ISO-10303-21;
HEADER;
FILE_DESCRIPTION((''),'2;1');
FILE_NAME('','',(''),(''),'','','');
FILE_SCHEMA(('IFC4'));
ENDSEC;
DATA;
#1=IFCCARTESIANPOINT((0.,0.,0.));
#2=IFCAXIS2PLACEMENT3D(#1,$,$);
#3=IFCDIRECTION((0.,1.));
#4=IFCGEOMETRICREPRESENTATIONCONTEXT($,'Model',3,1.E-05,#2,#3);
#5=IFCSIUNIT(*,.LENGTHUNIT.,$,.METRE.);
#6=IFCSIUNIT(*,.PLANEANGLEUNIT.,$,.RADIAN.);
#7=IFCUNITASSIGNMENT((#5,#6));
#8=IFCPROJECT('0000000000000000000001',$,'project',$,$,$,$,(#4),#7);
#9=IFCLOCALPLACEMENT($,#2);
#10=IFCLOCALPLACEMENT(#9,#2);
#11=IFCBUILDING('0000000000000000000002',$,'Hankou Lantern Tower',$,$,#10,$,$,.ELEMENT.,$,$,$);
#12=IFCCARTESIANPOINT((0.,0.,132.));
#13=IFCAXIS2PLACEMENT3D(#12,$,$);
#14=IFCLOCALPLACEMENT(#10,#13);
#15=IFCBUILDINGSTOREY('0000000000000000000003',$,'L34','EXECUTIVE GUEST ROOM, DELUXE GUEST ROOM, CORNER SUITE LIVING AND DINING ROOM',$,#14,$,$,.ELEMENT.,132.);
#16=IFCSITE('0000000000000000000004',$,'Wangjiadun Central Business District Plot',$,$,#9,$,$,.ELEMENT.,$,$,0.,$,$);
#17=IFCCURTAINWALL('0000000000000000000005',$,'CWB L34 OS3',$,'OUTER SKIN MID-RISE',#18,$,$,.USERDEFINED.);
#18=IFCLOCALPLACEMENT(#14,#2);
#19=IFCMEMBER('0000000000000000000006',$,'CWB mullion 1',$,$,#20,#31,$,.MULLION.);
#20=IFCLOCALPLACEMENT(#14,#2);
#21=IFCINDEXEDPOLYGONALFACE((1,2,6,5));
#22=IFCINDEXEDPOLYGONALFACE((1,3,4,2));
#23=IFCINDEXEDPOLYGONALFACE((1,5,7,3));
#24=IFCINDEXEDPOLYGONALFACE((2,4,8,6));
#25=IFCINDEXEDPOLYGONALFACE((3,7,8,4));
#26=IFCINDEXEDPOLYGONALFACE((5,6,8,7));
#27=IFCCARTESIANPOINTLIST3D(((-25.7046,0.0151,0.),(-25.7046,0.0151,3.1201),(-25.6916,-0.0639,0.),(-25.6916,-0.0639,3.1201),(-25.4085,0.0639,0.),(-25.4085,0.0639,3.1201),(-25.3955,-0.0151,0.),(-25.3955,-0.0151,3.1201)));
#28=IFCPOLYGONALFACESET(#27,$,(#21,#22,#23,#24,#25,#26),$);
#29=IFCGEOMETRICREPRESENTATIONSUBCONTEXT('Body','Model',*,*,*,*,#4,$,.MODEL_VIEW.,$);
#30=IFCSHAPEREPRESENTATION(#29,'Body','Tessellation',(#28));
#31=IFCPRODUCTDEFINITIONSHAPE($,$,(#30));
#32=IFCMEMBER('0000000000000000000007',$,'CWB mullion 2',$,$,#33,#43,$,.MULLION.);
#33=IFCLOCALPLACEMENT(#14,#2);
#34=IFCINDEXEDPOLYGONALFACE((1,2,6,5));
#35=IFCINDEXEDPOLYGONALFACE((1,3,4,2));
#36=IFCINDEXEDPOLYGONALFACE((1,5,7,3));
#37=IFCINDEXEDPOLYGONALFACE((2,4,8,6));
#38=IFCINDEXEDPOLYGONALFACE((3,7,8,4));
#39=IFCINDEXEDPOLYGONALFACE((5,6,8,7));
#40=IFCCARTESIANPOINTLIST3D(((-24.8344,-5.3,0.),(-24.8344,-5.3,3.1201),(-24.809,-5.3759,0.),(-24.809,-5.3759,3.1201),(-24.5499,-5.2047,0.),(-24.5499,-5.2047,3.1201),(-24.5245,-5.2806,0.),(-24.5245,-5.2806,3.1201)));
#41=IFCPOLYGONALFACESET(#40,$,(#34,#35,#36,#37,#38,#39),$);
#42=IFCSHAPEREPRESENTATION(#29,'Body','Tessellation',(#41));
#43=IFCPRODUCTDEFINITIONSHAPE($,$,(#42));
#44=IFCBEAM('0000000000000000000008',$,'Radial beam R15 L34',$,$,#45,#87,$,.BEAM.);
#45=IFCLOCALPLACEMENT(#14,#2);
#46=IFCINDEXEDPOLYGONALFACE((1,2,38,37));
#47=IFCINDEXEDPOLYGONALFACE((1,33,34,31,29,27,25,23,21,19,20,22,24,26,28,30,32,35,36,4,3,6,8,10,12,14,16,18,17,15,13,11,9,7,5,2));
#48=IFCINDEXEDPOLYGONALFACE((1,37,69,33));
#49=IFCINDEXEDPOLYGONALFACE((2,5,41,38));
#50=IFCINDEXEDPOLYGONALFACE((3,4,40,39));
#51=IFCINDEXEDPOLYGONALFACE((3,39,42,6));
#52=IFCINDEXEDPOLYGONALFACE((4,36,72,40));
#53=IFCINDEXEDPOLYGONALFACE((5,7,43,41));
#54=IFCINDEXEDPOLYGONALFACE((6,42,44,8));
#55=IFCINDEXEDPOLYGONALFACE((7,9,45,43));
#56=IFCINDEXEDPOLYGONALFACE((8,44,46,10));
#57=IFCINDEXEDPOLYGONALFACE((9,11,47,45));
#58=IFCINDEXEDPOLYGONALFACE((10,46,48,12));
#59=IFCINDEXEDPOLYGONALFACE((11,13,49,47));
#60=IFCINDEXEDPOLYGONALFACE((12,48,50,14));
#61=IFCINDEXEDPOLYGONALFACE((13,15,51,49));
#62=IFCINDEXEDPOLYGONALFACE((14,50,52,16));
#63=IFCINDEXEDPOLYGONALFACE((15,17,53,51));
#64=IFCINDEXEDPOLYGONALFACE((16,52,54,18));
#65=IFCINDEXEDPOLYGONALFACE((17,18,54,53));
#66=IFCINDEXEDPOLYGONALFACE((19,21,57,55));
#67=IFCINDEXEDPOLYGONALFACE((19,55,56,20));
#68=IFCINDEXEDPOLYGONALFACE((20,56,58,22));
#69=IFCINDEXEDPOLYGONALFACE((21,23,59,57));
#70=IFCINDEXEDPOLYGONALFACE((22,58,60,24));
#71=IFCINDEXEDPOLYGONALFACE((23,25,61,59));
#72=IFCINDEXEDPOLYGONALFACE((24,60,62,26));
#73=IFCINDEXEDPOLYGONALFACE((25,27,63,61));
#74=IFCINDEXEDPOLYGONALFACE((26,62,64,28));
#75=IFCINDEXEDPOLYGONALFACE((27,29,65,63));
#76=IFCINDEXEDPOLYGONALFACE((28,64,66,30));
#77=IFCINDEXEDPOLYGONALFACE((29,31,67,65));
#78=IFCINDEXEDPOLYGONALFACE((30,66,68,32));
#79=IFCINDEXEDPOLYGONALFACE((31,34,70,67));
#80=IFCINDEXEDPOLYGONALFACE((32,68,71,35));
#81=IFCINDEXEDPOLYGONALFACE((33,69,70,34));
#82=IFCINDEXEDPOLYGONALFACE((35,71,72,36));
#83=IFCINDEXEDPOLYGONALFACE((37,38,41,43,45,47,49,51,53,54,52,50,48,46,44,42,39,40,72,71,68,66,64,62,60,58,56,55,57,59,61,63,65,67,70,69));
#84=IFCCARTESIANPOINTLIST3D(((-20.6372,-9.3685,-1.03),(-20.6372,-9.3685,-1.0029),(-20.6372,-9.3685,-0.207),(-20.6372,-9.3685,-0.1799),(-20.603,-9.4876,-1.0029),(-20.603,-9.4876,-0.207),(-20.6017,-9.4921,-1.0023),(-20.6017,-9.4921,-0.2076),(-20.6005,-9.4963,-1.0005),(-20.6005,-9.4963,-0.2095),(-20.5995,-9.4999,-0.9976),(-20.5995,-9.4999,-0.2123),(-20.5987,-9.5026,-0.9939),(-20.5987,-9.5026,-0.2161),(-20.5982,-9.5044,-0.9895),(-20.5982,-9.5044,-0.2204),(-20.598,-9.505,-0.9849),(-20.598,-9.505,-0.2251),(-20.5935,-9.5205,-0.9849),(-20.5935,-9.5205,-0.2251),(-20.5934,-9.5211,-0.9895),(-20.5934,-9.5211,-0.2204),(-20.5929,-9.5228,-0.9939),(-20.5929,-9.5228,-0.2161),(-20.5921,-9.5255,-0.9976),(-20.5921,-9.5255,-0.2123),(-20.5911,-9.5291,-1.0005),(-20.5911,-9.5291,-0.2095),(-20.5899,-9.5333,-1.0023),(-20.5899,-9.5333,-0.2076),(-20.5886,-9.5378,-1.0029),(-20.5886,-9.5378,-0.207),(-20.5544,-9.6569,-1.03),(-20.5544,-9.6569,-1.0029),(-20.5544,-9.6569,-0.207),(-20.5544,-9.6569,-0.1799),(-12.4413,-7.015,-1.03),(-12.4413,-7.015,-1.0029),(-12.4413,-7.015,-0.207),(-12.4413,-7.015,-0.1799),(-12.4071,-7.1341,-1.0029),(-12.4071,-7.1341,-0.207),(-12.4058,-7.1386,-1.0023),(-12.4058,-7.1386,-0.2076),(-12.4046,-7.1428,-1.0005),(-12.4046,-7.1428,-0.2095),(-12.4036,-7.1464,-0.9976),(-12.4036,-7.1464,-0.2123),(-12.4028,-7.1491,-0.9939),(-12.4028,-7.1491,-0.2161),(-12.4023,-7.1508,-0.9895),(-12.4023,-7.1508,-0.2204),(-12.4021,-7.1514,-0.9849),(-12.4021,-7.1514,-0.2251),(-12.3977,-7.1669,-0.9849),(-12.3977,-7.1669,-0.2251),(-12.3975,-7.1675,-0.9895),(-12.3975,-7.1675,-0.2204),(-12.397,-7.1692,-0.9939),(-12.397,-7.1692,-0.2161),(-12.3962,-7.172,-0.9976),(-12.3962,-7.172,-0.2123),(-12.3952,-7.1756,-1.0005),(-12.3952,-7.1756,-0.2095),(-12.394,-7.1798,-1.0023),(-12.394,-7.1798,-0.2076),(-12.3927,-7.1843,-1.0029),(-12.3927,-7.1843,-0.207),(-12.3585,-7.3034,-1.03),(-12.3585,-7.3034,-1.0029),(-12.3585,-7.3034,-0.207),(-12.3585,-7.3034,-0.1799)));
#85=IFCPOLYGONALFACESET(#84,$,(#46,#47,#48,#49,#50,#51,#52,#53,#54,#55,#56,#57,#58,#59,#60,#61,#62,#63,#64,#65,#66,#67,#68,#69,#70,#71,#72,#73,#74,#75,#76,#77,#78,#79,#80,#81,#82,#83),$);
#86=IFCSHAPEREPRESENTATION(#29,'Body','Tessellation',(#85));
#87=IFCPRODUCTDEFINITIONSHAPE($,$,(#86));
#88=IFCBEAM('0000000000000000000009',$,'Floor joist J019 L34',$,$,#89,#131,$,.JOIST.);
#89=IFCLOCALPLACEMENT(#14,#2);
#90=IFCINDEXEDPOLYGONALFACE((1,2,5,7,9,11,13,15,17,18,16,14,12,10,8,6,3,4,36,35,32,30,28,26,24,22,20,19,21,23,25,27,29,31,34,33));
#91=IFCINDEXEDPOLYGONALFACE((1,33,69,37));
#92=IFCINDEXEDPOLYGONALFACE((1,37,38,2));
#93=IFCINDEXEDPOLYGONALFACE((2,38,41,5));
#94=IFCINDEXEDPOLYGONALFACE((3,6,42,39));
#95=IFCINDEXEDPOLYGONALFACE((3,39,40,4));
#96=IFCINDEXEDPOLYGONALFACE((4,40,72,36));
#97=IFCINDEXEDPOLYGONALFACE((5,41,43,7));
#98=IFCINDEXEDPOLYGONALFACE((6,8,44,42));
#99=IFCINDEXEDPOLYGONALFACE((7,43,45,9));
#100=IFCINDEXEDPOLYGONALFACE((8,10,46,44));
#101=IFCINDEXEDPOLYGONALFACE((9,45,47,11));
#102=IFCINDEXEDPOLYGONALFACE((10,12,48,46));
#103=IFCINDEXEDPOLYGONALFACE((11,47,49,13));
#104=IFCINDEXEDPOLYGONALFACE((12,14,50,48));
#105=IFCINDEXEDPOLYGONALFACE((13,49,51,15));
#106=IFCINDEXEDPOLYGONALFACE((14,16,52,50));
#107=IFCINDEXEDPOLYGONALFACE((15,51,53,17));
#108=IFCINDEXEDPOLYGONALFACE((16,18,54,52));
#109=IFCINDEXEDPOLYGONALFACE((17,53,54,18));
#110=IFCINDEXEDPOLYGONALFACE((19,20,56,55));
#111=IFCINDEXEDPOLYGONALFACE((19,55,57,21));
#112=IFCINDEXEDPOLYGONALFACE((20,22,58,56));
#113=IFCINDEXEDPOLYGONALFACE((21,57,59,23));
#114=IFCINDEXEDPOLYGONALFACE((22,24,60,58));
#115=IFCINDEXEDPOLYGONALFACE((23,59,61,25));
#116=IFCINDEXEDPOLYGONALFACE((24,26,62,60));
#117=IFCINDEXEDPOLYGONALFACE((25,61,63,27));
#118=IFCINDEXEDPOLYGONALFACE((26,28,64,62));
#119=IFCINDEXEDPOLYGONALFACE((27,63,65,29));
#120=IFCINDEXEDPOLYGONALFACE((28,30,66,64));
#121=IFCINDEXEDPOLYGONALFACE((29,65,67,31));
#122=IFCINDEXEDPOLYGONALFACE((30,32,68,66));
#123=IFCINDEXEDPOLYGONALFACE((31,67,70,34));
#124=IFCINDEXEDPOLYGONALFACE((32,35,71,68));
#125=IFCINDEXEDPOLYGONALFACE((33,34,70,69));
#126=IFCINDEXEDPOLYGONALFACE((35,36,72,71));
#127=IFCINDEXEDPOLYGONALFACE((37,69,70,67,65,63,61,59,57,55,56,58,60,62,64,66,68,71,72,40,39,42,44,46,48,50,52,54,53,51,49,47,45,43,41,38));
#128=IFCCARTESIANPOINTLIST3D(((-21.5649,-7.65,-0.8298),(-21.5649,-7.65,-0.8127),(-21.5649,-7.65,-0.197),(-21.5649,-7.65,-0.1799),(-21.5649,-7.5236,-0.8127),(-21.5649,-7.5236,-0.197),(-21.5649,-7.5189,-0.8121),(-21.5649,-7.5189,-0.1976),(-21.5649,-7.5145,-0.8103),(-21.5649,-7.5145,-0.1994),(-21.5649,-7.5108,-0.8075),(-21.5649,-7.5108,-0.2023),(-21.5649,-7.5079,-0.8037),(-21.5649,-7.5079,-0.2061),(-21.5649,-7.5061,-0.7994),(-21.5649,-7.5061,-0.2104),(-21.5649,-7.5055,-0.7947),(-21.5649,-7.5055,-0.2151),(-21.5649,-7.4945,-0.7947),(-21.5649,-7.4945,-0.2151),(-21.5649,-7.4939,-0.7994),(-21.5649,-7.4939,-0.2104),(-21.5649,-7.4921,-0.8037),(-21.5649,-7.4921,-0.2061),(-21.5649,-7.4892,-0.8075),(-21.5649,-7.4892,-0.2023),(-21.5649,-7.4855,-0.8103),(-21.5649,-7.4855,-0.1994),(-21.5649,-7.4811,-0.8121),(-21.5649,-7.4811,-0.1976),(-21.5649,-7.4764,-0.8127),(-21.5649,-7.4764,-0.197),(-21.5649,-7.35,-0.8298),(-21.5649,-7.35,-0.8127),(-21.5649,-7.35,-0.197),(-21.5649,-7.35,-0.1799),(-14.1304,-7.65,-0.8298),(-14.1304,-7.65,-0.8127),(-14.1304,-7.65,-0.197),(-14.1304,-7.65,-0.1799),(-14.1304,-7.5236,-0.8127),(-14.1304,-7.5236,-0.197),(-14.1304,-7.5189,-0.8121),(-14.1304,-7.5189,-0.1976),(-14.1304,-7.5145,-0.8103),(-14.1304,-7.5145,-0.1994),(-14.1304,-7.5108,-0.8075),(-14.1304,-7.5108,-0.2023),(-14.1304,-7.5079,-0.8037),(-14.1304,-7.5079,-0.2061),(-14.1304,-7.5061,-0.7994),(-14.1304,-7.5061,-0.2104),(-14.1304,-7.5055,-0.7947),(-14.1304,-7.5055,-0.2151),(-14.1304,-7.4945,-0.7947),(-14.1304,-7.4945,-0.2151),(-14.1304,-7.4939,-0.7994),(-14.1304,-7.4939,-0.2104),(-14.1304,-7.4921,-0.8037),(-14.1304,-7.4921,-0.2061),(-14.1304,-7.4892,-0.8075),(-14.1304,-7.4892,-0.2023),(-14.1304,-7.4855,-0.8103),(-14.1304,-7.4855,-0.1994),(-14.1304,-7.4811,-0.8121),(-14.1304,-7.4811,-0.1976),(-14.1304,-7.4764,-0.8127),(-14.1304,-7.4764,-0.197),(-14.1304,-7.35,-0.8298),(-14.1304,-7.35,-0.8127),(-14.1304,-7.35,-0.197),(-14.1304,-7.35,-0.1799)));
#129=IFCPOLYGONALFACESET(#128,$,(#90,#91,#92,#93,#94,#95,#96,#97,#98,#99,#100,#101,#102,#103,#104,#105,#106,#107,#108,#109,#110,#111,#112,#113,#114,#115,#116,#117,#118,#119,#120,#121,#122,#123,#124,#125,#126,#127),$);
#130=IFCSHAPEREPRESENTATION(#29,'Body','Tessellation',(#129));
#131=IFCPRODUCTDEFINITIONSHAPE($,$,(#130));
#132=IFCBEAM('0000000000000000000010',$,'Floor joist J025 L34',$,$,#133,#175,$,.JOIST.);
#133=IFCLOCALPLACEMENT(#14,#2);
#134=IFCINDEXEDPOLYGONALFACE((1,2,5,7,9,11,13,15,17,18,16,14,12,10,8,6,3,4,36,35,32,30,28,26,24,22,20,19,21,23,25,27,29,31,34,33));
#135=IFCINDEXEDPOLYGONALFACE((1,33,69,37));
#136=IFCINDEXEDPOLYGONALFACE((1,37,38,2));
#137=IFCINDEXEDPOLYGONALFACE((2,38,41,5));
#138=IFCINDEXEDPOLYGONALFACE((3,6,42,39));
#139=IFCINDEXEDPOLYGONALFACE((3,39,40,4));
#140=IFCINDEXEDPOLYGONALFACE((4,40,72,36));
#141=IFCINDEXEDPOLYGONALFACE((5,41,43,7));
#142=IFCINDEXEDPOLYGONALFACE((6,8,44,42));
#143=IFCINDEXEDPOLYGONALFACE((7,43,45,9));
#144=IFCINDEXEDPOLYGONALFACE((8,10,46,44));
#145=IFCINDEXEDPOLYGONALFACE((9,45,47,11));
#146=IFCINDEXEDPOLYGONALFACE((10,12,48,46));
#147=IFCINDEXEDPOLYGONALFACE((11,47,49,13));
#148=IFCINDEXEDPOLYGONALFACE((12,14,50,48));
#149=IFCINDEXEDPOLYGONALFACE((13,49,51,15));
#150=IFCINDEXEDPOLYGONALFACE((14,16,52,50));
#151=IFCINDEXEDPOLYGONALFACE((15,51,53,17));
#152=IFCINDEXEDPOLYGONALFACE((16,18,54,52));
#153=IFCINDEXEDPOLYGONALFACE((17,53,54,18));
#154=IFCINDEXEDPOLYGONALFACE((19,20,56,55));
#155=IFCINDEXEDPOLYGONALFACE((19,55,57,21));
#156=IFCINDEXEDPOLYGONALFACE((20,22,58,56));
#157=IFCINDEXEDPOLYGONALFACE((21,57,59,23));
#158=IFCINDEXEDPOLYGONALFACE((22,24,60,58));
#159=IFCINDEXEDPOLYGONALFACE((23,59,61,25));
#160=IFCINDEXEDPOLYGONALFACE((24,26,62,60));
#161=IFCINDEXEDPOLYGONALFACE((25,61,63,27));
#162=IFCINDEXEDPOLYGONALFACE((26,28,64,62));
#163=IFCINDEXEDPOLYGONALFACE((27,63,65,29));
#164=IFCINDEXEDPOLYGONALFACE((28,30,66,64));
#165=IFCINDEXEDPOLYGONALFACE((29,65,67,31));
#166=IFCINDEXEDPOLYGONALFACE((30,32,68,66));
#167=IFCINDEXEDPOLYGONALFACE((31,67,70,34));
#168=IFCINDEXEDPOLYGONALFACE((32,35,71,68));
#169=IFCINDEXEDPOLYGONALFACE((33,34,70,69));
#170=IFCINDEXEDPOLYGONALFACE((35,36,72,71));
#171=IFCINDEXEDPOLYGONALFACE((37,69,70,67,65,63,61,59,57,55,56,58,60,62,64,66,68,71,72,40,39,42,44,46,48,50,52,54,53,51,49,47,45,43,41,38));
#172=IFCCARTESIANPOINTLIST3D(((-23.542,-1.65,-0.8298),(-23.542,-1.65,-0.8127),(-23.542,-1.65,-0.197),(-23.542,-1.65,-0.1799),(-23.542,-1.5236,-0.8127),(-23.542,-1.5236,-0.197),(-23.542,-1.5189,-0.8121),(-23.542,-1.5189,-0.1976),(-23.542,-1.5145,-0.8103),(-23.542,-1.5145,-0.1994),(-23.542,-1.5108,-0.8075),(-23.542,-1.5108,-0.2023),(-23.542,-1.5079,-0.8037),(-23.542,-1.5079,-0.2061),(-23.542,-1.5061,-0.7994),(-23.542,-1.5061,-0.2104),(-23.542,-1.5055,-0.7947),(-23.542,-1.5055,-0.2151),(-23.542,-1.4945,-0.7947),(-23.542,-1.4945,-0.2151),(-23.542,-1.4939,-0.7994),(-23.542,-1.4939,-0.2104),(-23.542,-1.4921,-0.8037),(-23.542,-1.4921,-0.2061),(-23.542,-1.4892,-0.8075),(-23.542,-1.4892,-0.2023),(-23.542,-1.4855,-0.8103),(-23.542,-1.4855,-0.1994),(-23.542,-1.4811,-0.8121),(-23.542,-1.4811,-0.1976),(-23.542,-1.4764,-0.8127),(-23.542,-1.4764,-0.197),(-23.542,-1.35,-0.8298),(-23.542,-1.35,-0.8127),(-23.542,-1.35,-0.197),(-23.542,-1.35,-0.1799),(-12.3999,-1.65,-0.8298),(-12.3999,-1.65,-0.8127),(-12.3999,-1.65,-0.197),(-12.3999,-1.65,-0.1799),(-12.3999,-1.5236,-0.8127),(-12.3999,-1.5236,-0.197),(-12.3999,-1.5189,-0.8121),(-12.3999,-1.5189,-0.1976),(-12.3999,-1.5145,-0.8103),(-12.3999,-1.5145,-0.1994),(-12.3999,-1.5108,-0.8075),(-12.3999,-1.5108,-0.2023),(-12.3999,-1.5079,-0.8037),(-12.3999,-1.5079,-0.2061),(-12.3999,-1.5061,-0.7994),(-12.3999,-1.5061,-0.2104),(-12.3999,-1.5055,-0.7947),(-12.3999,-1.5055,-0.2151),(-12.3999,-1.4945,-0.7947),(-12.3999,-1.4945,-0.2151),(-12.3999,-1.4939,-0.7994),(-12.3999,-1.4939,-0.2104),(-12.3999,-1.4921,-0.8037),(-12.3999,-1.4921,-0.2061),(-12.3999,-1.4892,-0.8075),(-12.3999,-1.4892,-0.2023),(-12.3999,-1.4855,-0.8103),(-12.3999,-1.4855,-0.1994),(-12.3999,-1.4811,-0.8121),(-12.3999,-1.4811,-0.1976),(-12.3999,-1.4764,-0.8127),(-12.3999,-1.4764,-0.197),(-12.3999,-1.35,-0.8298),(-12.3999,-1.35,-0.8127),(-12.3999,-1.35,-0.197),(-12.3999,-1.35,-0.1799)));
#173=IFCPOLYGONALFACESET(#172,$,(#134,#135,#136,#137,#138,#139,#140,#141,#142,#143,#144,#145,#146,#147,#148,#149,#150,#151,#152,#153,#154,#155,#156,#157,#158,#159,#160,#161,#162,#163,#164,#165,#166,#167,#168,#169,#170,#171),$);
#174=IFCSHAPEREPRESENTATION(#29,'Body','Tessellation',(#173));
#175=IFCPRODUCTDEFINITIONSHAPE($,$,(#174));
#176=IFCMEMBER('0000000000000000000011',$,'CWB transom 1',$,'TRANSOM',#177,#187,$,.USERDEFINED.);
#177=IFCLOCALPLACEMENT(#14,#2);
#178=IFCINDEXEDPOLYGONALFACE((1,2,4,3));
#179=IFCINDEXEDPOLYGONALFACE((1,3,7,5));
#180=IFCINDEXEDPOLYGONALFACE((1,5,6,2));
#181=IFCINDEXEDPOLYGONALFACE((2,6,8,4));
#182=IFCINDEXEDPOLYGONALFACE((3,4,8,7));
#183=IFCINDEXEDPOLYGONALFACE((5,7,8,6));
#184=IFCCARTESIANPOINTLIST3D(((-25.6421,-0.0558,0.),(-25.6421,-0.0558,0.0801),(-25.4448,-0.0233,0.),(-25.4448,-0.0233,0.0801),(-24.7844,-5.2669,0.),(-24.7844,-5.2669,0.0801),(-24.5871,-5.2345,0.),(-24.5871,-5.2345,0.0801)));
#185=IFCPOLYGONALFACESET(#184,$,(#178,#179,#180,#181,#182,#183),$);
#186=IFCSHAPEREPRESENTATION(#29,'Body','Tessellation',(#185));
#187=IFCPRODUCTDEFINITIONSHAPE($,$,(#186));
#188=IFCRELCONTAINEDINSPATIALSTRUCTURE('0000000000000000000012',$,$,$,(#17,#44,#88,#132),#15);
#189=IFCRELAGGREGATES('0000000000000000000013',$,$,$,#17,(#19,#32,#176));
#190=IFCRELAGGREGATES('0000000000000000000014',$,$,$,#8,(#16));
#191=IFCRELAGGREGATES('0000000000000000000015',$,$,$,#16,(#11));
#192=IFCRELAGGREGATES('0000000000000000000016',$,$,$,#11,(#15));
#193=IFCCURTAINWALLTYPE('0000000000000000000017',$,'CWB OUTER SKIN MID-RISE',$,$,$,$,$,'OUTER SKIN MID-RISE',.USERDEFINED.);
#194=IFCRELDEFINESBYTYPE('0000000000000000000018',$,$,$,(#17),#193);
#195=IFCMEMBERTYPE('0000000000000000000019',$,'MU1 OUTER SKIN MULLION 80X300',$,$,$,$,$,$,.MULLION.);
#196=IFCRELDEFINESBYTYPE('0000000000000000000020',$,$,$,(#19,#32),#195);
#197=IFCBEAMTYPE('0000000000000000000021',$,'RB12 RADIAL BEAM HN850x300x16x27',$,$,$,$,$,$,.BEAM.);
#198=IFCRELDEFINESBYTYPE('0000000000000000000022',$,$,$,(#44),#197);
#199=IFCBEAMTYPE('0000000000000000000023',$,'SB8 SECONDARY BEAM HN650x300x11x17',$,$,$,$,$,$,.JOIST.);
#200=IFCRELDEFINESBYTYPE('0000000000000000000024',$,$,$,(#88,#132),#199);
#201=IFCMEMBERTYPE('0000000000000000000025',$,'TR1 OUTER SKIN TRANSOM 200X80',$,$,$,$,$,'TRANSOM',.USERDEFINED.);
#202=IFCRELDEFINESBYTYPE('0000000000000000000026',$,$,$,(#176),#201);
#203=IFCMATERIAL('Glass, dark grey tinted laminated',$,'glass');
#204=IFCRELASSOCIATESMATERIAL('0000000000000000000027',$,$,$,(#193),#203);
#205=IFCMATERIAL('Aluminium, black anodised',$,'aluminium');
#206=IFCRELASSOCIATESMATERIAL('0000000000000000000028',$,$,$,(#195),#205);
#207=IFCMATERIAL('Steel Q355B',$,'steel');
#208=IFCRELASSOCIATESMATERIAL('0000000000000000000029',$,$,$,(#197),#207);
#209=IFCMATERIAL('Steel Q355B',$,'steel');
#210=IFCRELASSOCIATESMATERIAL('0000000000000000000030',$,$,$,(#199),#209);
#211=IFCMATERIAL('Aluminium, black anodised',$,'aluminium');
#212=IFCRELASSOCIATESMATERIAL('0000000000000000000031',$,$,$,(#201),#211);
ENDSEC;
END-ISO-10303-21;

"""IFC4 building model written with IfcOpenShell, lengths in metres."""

from ifc_helpers import new_model, si_unit, direction, frame, origin, origin_2d, place, context, subcontext, project, spatial, rectangle, i_section, extrude, material, material_profile, profile_set, type_object, element, aggregate, save


model = new_model("IFC4")

# Units and contexts
model_context = context("Model", 3, precision=1e-05, world=origin(), true_north=direction((0.0, 1.0)))
body_context = subcontext(model_context, "Body", "Model", "MODEL_VIEW")
ifc_project = project(units=[si_unit("LENGTHUNIT", "METRE"), si_unit("PLANEANGLEUNIT", "RADIAN")], contexts=[model_context])

# Site, building, storey
site_placement = place(None, origin())
site = spatial("IfcSite", under=ifc_project, at=site_placement, Name="Wangjiadun Central Business District Plot", CompositionType="ELEMENT", RefElevation=0.0)
building_placement = place(site_placement, origin())
building = spatial("IfcBuilding", under=site, at=building_placement, Name="Hankou Lantern Tower", CompositionType="ELEMENT")
storey_placement = place(building_placement, frame((0.0, 0.0, 132.0)))
storey = spatial("IfcBuildingStorey", under=building, at=storey_placement, Name="L34", Description="EXECUTIVE GUEST ROOM, DELUXE GUEST ROOM, CORNER SUITE LIVING AND DINING ROOM", CompositionType="ELEMENT", Elevation=132.0)

# Curtain wall, members
ifc_material_1 = material(Name="Glass, dark grey tinted laminated", Category="glass")
curtain_wall_type = type_object("IfcCurtainWallType", Name="CWB OUTER SKIN MID-RISE", ElementType="OUTER SKIN MID-RISE", PredefinedType="USERDEFINED", material=ifc_material_1)
curtain_wall_placement = place(storey_placement, origin())
curtain_wall = element("IfcCurtainWall", 1, at=curtain_wall_placement, inside=storey, type_object=curtain_wall_type, Name="CWB L34 OS3", ObjectType="OUTER SKIN MID-RISE", PredefinedType="USERDEFINED")
ifc_material_2 = material(Name="Aluminium, black anodised", Category="aluminium")
ifc_material_profile_1 = material_profile(ifc_material_2, rectangle(XDim=0.0801, YDim=0.3, at=origin_2d()), Name="MU1 80X300")
ifc_profile_set_1 = profile_set([ifc_material_profile_1], Name="Aluminium, black anodised")
member_type_1 = type_object("IfcMemberType", Name="MU1 OUTER SKIN MULLION 80X300", PredefinedType="MULLION", material=ifc_profile_set_1)
member_1_placement = place(storey_placement, frame((-25.55, 0.0, 0.0), z_axis=(0.0, 0.0, 1.0), x_axis=(0.162382, -0.986728, 0.0)))
member_1 = element("IfcMember", 2, at=member_1_placement, type_object=member_type_1, Name="CWB mullion 1", PredefinedType="MULLION", context=body_context, shape_type="SweptSolid", body=[
    extrude(rectangle(XDim=0.0801, YDim=0.3, at=origin_2d()), origin(), (0.0, 0.0, 1.0), 3.1201),
])
member_2_placement = place(storey_placement, frame((-24.6794, -5.2903, 0.0), z_axis=(0.0, 0.0, 1.0), x_axis=(0.317596, -0.948226, 0.0)))
member_2 = element("IfcMember", 3, at=member_2_placement, type_object=member_type_1, Name="CWB mullion 2", PredefinedType="MULLION", context=body_context, shape_type="SweptSolid", body=[
    extrude(rectangle(XDim=0.0801, YDim=0.3, at=origin_2d()), origin(), (0.0, 0.0, 1.0), 3.1201),
])

# Beams
ifc_material_3 = material(Name="Steel Q355B", Category="steel")
ifc_material_profile_2 = material_profile(ifc_material_3, i_section(OverallWidth=0.3, OverallDepth=0.8501, WebThickness=0.0161, FlangeThickness=0.0271, FilletRadius=0.0181, at=origin_2d()), Name="HN850x300x16x27")
ifc_profile_set_2 = profile_set([ifc_material_profile_2], Name="Steel Q355B")
beam_type_1 = type_object("IfcBeamType", Name="RB12 RADIAL BEAM HN850x300x16x27", PredefinedType="BEAM", material=ifc_profile_set_2)
beam_1_placement = place(storey_placement, frame((-12.3999, -7.1592, -0.605), z_axis=(-0.961156, -0.276007, 0.0), x_axis=(0.276007, -0.961156, 0.0)))
element("IfcBeam", 4, at=beam_1_placement, inside=storey, type_object=beam_type_1, Name="Radial beam R15 L34", PredefinedType="BEAM", context=body_context, shape_type="SweptSolid", body=[
    extrude(i_section(OverallWidth=0.3, OverallDepth=0.8501, WebThickness=0.0161, FlangeThickness=0.0271, FilletRadius=0.0181, at=origin_2d()), origin(), (0.0, 0.0, 1.0), 8.5271),
])
ifc_material_4 = material(Name="Steel Q355B", Category="steel")
ifc_material_profile_3 = material_profile(ifc_material_4, i_section(OverallWidth=0.3, OverallDepth=0.6499, WebThickness=0.011, FlangeThickness=0.0171, FilletRadius=0.0181, at=origin_2d()), Name="HN650x300x11x17")
ifc_profile_set_3 = profile_set([ifc_material_profile_3], Name="Steel Q355B")
beam_type_2 = type_object("IfcBeamType", Name="SB8 SECONDARY BEAM HN650x300x11x17", PredefinedType="JOIST", material=ifc_profile_set_3)
beam_2_placement = place(storey_placement, frame((-21.5649, -7.5, -0.5049), z_axis=(1.0, 0.0, 0.0), x_axis=(0.0, 1.0, 0.0)))
element("IfcBeam", 5, at=beam_2_placement, inside=storey, type_object=beam_type_2, Name="Floor joist J019 L34", PredefinedType="JOIST", context=body_context, shape_type="SweptSolid", body=[
    extrude(i_section(OverallWidth=0.3, OverallDepth=0.6499, WebThickness=0.011, FlangeThickness=0.0171, FilletRadius=0.0181, at=origin_2d()), origin(), (0.0, 0.0, 1.0), 7.4346),
])
beam_3_placement = place(storey_placement, frame((-23.542, -1.5, -0.5049), z_axis=(1.0, 0.0, 0.0), x_axis=(0.0, 1.0, 0.0)))
element("IfcBeam", 6, at=beam_3_placement, inside=storey, type_object=beam_type_2, Name="Floor joist J025 L34", PredefinedType="JOIST", context=body_context, shape_type="SweptSolid", body=[
    extrude(i_section(OverallWidth=0.3, OverallDepth=0.6499, WebThickness=0.011, FlangeThickness=0.0171, FilletRadius=0.0181, at=origin_2d()), origin(), (0.0, 0.0, 1.0), 11.1421),
])

# Member
ifc_material_5 = material(Name="Aluminium, black anodised", Category="aluminium")
ifc_material_profile_4 = material_profile(ifc_material_5, rectangle(XDim=0.2, YDim=0.0801, at=origin_2d()), Name="TR1 200X80")
ifc_profile_set_4 = profile_set([ifc_material_profile_4], Name="Aluminium, black anodised")
member_type_2 = type_object("IfcMemberType", Name="TR1 OUTER SKIN TRANSOM 200X80", ElementType="TRANSOM", PredefinedType="USERDEFINED", material=ifc_profile_set_4)
member_3_placement = place(storey_placement, frame((-25.5435, -0.0396, 0.04), z_axis=(0.162397, -0.986725, 0.0), x_axis=(0.986725, 0.162397, 0.0)))
member_3 = element("IfcMember", 7, at=member_3_placement, type_object=member_type_2, Name="CWB transom 1", ObjectType="TRANSOM", PredefinedType="USERDEFINED", context=body_context, shape_type="SweptSolid", body=[
    extrude(rectangle(XDim=0.2, YDim=0.0801, at=origin_2d()), origin(), (0.0, 0.0, 1.0), 5.2812),
])

aggregate(curtain_wall, [member_1, member_2, member_3])

save(model, "model.ifc")
